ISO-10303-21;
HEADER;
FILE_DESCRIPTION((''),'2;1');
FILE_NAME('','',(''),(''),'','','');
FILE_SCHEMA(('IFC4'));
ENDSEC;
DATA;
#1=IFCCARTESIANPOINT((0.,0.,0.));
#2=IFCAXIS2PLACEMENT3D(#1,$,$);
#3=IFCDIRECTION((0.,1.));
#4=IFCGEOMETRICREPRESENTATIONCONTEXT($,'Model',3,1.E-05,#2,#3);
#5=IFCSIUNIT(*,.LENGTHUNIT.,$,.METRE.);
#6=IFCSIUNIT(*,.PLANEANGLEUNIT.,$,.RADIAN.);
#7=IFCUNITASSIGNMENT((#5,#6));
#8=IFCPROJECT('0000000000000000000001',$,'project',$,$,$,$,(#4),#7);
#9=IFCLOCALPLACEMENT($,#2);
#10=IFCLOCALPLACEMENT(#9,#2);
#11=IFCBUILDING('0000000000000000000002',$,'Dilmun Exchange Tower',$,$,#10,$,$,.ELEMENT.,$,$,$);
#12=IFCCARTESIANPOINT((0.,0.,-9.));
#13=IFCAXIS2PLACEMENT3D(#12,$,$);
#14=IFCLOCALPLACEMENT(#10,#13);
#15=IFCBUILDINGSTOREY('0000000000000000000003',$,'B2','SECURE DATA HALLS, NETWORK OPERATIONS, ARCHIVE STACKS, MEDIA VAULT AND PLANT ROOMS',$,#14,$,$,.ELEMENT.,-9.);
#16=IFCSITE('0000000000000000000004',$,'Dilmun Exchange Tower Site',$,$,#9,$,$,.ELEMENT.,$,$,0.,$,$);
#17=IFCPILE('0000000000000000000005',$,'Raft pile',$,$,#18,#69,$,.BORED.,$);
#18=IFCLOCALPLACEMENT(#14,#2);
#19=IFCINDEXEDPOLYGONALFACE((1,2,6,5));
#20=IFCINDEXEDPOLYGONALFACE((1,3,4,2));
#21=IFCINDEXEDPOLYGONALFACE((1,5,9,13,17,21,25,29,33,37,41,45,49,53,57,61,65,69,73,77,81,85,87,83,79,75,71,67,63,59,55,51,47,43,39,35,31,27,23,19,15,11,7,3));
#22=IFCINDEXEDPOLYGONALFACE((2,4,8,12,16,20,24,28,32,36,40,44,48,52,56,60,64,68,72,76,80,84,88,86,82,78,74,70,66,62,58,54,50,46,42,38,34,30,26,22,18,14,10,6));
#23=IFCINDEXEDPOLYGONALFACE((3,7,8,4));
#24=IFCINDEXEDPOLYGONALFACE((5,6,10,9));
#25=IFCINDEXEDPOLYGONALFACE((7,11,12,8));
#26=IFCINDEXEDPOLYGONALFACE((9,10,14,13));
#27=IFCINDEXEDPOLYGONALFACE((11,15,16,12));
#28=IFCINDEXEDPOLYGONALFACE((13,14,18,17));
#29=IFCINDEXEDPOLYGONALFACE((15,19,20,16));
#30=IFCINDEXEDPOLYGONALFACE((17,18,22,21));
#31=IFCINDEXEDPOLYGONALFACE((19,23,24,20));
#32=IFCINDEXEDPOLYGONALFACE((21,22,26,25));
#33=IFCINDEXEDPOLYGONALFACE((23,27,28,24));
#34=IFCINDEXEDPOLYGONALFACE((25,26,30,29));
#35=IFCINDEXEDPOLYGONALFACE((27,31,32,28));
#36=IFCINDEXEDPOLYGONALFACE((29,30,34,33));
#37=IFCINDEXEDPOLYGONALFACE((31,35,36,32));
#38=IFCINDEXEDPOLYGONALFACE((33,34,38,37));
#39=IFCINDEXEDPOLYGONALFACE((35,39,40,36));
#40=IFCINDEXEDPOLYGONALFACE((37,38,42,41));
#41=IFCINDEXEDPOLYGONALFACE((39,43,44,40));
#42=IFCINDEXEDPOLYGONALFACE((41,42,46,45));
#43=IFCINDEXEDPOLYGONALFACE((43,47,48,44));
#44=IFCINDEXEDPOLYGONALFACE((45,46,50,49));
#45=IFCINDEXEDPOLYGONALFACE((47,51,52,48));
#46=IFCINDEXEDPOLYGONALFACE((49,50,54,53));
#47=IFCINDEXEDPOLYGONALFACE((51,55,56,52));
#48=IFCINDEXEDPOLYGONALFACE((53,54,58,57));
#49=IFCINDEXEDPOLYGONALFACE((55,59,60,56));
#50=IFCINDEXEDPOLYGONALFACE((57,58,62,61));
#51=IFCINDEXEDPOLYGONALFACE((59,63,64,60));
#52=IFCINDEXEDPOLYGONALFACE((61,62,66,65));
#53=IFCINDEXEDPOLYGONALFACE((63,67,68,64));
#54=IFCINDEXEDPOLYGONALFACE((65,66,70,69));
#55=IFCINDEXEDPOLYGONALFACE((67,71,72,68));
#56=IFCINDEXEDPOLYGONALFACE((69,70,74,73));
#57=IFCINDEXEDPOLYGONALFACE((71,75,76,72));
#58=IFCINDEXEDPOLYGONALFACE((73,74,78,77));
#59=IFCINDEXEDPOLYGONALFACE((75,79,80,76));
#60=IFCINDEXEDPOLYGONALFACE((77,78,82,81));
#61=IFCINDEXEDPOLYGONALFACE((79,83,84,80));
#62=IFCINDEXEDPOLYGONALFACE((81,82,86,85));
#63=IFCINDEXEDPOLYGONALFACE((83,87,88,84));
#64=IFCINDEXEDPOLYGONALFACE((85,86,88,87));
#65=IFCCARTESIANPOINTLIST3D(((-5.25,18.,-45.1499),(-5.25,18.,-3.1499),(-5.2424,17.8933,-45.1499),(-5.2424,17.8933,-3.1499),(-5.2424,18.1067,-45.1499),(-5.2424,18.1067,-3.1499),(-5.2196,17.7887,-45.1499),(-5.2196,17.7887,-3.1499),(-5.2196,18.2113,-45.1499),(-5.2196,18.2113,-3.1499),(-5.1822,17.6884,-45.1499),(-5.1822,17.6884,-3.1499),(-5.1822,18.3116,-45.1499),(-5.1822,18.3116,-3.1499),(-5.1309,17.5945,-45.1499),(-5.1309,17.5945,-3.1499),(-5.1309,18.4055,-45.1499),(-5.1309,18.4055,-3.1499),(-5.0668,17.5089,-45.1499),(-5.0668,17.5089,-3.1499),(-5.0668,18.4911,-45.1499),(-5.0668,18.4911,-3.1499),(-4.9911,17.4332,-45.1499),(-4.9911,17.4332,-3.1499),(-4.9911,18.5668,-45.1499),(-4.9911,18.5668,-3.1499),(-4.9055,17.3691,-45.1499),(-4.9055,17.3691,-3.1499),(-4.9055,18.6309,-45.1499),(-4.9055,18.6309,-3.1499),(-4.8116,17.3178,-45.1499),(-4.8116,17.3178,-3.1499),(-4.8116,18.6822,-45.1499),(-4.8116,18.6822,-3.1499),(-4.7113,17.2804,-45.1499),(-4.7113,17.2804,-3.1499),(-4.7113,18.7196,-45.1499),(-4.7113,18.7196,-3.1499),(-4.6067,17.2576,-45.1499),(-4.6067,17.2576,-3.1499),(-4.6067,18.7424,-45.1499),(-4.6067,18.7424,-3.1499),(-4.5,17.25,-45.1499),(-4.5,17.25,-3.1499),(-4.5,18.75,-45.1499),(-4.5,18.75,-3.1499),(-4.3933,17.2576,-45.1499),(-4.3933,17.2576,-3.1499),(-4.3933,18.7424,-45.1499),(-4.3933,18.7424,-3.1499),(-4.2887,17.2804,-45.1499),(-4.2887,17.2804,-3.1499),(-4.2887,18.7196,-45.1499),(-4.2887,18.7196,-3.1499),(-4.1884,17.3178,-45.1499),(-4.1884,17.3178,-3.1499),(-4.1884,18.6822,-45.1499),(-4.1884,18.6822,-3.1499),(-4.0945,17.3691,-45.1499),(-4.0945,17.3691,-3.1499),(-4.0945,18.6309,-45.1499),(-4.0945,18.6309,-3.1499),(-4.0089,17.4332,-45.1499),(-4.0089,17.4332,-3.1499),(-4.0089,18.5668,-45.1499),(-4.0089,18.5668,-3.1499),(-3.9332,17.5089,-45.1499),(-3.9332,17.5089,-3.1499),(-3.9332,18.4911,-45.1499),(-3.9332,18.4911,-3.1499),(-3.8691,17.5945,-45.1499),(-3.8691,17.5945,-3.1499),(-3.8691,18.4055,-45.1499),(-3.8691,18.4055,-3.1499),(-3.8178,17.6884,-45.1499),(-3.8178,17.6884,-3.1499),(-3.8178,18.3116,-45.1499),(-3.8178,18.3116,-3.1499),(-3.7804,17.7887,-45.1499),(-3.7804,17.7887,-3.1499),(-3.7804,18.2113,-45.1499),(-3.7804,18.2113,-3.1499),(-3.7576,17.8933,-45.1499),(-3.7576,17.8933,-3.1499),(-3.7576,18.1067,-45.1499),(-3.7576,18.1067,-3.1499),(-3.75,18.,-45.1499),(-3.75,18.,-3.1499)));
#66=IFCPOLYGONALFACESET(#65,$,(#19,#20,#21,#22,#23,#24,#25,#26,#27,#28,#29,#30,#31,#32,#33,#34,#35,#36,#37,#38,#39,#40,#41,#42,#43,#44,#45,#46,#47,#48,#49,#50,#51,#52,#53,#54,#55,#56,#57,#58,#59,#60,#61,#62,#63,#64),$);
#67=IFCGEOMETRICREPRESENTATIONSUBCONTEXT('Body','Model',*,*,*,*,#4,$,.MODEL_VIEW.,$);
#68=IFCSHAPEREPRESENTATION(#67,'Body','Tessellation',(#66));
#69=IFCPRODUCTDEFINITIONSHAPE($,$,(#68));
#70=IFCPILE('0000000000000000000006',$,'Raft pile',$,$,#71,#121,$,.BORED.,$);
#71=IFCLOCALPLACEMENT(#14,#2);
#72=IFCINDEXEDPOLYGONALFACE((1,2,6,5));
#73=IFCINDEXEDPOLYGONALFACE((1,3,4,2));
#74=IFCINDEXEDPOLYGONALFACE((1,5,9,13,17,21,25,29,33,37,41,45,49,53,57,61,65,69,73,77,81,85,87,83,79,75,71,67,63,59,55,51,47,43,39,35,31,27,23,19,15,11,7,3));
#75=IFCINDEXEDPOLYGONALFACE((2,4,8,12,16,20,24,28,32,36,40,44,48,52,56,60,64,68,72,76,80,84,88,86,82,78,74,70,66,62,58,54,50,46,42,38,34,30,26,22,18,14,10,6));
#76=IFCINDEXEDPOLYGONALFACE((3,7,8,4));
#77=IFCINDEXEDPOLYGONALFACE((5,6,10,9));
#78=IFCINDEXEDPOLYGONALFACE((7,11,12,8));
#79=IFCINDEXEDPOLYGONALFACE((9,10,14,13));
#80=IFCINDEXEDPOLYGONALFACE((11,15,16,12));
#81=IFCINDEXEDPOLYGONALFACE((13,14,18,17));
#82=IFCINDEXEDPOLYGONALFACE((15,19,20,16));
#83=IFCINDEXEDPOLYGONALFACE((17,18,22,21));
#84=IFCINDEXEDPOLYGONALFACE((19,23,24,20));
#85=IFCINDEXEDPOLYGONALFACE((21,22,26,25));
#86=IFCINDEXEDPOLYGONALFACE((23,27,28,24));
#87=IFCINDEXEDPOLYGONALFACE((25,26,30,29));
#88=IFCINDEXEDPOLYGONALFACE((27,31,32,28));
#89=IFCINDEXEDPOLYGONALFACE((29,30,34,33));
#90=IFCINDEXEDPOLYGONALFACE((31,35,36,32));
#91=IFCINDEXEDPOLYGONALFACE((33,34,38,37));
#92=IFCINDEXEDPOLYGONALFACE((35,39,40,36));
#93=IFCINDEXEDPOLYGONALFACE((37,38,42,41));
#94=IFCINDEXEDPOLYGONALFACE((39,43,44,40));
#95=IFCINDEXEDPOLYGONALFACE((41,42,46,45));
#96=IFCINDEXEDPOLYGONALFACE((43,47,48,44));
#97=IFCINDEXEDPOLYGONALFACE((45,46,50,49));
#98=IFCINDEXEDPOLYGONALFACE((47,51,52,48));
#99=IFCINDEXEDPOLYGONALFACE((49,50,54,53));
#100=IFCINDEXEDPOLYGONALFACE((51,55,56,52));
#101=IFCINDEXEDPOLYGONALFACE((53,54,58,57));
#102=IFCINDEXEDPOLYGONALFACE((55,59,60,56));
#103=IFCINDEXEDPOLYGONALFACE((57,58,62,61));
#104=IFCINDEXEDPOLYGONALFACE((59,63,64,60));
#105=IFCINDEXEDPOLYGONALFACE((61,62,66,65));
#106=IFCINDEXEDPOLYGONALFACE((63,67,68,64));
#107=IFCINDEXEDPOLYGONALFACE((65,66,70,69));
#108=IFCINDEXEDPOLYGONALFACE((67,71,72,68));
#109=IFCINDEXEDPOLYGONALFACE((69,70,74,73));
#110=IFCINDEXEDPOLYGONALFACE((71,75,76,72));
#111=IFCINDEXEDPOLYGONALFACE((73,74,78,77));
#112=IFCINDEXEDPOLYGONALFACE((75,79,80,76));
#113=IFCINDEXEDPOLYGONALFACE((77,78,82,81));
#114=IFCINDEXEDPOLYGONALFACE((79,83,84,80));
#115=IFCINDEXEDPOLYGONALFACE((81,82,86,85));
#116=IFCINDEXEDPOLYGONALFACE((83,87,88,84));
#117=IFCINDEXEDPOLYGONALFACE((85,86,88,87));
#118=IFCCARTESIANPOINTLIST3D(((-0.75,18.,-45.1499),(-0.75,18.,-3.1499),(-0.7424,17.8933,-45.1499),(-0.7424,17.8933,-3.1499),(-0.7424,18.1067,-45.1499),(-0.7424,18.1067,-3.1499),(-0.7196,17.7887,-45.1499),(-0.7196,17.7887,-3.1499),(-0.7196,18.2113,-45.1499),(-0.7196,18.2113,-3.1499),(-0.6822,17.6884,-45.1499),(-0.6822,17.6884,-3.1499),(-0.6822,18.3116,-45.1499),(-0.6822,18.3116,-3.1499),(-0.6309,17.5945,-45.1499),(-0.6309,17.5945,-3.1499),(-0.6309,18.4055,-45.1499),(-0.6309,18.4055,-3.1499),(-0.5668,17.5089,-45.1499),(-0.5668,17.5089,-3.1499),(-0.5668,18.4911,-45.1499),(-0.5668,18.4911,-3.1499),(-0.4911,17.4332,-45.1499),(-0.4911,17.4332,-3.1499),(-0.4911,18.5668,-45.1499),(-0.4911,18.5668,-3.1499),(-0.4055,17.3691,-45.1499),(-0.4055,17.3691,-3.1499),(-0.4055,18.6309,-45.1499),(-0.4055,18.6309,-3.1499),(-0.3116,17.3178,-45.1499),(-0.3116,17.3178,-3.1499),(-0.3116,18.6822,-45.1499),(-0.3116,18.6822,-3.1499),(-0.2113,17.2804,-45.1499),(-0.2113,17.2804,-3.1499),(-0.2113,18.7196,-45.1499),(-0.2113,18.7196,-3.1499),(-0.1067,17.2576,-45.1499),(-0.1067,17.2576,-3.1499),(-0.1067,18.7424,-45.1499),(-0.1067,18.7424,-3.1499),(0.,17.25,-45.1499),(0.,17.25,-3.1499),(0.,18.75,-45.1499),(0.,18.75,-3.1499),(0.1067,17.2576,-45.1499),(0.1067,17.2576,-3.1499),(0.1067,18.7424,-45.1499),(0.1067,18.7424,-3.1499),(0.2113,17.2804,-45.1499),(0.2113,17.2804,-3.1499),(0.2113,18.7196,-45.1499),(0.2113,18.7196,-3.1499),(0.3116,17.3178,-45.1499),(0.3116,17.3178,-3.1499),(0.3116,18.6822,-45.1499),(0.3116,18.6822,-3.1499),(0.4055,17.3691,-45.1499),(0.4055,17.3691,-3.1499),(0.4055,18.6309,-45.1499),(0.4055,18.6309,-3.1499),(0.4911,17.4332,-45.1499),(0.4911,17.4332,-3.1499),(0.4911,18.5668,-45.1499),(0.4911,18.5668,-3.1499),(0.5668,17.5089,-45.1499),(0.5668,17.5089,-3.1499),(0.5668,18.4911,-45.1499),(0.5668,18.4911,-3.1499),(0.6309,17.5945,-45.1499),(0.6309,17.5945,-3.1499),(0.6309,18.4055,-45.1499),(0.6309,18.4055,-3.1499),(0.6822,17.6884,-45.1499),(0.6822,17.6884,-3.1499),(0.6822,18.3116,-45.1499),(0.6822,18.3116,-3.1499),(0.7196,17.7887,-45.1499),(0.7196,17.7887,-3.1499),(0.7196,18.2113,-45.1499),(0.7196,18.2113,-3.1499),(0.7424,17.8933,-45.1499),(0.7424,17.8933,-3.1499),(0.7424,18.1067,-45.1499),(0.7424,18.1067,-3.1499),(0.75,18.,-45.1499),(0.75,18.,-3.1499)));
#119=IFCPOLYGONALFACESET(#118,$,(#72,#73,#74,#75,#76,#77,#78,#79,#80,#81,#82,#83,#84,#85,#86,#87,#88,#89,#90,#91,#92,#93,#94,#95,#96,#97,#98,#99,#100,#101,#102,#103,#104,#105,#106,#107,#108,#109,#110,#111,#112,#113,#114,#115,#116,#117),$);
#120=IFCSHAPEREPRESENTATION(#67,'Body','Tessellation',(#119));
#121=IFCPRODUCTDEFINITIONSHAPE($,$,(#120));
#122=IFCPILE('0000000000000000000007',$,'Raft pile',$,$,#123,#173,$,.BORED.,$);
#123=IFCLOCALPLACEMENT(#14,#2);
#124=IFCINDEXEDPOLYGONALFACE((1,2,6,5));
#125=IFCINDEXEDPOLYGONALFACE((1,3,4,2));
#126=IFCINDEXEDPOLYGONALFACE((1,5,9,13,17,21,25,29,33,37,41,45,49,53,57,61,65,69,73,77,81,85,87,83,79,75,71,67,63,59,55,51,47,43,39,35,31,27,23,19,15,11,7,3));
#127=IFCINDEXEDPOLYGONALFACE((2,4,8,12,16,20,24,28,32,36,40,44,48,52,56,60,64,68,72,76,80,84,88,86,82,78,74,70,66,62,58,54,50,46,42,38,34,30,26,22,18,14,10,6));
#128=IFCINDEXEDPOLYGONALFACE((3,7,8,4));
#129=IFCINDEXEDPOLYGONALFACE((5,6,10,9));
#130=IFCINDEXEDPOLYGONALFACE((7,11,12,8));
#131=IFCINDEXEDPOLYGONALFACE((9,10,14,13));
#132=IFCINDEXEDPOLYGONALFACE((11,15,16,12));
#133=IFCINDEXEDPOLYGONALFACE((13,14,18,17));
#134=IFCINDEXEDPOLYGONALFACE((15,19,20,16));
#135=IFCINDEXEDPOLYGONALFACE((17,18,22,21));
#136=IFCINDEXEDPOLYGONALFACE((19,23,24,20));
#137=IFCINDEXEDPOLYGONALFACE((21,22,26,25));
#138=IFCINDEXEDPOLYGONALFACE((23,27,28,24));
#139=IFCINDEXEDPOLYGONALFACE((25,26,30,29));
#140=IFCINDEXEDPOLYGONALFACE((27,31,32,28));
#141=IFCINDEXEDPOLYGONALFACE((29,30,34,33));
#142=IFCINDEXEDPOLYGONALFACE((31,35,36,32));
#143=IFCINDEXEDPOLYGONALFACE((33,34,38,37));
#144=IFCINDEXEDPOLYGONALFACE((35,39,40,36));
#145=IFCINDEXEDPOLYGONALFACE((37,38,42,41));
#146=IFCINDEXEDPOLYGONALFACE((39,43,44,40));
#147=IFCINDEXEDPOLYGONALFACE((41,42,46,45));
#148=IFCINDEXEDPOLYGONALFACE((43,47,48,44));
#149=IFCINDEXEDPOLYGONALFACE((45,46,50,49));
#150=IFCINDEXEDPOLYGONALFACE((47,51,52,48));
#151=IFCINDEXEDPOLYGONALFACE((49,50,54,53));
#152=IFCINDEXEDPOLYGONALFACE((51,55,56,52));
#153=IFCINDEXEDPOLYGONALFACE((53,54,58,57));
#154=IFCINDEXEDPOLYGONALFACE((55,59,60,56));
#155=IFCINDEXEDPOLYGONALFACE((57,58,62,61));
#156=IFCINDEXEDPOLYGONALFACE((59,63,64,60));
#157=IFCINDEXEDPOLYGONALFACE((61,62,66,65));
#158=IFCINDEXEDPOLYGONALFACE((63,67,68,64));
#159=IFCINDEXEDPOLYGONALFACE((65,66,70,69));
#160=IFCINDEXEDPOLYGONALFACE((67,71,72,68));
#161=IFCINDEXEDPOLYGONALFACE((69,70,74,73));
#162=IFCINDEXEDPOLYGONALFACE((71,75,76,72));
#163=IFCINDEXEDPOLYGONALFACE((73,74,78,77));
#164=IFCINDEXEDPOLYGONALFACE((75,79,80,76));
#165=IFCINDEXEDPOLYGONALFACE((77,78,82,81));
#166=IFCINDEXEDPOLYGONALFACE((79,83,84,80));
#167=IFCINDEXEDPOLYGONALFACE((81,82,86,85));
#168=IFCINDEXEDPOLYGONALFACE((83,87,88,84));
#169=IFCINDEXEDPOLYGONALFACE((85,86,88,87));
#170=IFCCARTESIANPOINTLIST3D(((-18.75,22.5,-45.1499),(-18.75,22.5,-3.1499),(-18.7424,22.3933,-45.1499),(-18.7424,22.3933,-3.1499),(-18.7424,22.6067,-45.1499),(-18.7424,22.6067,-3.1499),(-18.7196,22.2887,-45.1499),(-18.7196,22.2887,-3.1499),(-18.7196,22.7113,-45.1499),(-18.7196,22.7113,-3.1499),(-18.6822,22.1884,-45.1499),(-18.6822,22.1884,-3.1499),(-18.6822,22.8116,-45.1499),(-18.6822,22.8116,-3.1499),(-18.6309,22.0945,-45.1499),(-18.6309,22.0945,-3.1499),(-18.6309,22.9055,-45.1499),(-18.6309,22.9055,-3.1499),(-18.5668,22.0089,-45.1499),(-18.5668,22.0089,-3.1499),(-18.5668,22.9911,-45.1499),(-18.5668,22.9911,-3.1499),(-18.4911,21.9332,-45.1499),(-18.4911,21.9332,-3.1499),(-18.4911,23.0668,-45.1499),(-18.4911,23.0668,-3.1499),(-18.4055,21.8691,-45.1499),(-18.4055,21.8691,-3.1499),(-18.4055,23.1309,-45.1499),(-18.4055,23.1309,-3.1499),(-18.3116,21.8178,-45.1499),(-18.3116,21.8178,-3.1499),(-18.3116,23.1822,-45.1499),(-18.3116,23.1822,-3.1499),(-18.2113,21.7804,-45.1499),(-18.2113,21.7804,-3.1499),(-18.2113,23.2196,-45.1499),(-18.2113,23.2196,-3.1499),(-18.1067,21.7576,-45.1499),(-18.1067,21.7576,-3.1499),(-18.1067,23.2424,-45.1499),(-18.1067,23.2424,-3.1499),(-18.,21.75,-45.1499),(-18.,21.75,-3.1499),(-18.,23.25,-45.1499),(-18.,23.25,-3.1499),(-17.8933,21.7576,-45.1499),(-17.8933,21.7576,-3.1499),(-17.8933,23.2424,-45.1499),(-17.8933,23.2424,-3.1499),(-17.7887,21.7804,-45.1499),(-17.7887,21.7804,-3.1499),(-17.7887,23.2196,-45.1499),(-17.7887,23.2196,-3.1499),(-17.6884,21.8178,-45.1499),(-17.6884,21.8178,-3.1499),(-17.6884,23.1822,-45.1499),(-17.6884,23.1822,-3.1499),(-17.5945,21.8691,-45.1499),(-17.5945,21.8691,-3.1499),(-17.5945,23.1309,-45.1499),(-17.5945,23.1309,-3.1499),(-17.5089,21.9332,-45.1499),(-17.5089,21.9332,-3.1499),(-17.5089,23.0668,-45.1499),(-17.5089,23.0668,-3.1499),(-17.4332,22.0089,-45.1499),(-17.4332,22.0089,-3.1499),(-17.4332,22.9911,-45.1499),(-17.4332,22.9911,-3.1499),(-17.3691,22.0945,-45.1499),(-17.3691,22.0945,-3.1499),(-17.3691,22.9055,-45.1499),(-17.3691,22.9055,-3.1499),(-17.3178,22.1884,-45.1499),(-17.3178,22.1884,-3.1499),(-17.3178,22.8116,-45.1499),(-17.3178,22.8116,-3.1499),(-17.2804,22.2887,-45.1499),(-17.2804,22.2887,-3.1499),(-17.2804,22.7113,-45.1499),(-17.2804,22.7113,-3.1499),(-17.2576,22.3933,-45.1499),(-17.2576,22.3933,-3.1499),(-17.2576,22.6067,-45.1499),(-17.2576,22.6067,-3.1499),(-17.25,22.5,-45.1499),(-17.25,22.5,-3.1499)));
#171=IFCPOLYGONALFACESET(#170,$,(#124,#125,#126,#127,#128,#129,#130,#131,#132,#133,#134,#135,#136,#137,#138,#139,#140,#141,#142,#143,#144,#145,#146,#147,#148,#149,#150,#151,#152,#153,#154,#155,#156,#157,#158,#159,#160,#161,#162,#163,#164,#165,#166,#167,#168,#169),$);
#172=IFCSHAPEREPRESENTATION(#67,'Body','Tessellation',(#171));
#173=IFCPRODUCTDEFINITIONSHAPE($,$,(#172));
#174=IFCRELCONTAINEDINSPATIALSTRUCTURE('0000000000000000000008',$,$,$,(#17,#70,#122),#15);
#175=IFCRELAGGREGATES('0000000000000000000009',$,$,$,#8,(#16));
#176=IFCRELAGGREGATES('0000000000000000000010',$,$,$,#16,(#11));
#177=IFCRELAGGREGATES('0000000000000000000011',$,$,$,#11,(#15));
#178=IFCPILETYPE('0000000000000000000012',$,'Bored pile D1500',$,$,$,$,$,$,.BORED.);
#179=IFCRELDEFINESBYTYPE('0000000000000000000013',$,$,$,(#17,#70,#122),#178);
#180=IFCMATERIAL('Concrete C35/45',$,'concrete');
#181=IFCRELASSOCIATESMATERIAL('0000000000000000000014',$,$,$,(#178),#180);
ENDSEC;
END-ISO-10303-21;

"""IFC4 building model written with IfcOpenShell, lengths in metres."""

from ifc_helpers import new_model, si_unit, direction, frame, origin, origin_2d, place, context, subcontext, project, spatial, circle, extrude, material, material_profile, profile_set, type_object, element, save


model = new_model("IFC4")

# Units and contexts
model_context = context("Model", 3, precision=1e-05, world=origin(), true_north=direction((0.0, 1.0)))
body_context = subcontext(model_context, "Body", "Model", "MODEL_VIEW")
ifc_project = project(units=[si_unit("LENGTHUNIT", "METRE"), si_unit("PLANEANGLEUNIT", "RADIAN")], contexts=[model_context])

# Site, building, storey
site_placement = place(None, origin())
site = spatial("IfcSite", under=ifc_project, at=site_placement, Name="Dilmun Exchange Tower Site", CompositionType="ELEMENT", RefElevation=0.0)
building_placement = place(site_placement, origin())
building = spatial("IfcBuilding", under=site, at=building_placement, Name="Dilmun Exchange Tower", CompositionType="ELEMENT")
storey_placement = place(building_placement, frame((0.0, 0.0, -9.0)))
storey = spatial("IfcBuildingStorey", under=building, at=storey_placement, Name="B2", Description="SECURE DATA HALLS, NETWORK OPERATIONS, ARCHIVE STACKS, MEDIA VAULT AND PLANT ROOMS", CompositionType="ELEMENT", Elevation=-9.0)

# Piles
ifc_material_1 = material(Name="Concrete C35/45", Category="concrete")
ifc_material_profile_1 = material_profile(ifc_material_1, circle(Radius=0.75, at=origin_2d()), Name="D1500")
ifc_profile_set_1 = profile_set([ifc_material_profile_1], Name="Concrete C35/45")
pile_type = type_object("IfcPileType", Name="Bored pile D1500", PredefinedType="BORED", material=ifc_profile_set_1)
for number, where, z_axis, x_axis, name in (
    (1, (-4.5, 18.0, -3.1499), (0.0, 0.0, -1.0), (1.0, 0.0, 0.0), "Raft pile"),
    (2, (0.0, 18.0, -3.1499), (0.0, 0.0, -1.0), (1.0, 0.0, 0.0), "Raft pile"),
    (3, (-18.0, 22.5, -3.1499), (0.0, 0.0, -1.0), (1.0, 0.0, 0.0), "Raft pile"),
):
    element("IfcPile", number, at=place(storey_placement, frame(where, z_axis=z_axis, x_axis=x_axis)), inside=storey, type_object=pile_type, Name=name, PredefinedType="BORED", context=body_context, shape_type="SweptSolid", body=[
        extrude(circle(Radius=0.75, at=origin_2d()), origin(), (0.0, 0.0, 1.0), 42.0),
    ])

save(model, "model.ifc")
